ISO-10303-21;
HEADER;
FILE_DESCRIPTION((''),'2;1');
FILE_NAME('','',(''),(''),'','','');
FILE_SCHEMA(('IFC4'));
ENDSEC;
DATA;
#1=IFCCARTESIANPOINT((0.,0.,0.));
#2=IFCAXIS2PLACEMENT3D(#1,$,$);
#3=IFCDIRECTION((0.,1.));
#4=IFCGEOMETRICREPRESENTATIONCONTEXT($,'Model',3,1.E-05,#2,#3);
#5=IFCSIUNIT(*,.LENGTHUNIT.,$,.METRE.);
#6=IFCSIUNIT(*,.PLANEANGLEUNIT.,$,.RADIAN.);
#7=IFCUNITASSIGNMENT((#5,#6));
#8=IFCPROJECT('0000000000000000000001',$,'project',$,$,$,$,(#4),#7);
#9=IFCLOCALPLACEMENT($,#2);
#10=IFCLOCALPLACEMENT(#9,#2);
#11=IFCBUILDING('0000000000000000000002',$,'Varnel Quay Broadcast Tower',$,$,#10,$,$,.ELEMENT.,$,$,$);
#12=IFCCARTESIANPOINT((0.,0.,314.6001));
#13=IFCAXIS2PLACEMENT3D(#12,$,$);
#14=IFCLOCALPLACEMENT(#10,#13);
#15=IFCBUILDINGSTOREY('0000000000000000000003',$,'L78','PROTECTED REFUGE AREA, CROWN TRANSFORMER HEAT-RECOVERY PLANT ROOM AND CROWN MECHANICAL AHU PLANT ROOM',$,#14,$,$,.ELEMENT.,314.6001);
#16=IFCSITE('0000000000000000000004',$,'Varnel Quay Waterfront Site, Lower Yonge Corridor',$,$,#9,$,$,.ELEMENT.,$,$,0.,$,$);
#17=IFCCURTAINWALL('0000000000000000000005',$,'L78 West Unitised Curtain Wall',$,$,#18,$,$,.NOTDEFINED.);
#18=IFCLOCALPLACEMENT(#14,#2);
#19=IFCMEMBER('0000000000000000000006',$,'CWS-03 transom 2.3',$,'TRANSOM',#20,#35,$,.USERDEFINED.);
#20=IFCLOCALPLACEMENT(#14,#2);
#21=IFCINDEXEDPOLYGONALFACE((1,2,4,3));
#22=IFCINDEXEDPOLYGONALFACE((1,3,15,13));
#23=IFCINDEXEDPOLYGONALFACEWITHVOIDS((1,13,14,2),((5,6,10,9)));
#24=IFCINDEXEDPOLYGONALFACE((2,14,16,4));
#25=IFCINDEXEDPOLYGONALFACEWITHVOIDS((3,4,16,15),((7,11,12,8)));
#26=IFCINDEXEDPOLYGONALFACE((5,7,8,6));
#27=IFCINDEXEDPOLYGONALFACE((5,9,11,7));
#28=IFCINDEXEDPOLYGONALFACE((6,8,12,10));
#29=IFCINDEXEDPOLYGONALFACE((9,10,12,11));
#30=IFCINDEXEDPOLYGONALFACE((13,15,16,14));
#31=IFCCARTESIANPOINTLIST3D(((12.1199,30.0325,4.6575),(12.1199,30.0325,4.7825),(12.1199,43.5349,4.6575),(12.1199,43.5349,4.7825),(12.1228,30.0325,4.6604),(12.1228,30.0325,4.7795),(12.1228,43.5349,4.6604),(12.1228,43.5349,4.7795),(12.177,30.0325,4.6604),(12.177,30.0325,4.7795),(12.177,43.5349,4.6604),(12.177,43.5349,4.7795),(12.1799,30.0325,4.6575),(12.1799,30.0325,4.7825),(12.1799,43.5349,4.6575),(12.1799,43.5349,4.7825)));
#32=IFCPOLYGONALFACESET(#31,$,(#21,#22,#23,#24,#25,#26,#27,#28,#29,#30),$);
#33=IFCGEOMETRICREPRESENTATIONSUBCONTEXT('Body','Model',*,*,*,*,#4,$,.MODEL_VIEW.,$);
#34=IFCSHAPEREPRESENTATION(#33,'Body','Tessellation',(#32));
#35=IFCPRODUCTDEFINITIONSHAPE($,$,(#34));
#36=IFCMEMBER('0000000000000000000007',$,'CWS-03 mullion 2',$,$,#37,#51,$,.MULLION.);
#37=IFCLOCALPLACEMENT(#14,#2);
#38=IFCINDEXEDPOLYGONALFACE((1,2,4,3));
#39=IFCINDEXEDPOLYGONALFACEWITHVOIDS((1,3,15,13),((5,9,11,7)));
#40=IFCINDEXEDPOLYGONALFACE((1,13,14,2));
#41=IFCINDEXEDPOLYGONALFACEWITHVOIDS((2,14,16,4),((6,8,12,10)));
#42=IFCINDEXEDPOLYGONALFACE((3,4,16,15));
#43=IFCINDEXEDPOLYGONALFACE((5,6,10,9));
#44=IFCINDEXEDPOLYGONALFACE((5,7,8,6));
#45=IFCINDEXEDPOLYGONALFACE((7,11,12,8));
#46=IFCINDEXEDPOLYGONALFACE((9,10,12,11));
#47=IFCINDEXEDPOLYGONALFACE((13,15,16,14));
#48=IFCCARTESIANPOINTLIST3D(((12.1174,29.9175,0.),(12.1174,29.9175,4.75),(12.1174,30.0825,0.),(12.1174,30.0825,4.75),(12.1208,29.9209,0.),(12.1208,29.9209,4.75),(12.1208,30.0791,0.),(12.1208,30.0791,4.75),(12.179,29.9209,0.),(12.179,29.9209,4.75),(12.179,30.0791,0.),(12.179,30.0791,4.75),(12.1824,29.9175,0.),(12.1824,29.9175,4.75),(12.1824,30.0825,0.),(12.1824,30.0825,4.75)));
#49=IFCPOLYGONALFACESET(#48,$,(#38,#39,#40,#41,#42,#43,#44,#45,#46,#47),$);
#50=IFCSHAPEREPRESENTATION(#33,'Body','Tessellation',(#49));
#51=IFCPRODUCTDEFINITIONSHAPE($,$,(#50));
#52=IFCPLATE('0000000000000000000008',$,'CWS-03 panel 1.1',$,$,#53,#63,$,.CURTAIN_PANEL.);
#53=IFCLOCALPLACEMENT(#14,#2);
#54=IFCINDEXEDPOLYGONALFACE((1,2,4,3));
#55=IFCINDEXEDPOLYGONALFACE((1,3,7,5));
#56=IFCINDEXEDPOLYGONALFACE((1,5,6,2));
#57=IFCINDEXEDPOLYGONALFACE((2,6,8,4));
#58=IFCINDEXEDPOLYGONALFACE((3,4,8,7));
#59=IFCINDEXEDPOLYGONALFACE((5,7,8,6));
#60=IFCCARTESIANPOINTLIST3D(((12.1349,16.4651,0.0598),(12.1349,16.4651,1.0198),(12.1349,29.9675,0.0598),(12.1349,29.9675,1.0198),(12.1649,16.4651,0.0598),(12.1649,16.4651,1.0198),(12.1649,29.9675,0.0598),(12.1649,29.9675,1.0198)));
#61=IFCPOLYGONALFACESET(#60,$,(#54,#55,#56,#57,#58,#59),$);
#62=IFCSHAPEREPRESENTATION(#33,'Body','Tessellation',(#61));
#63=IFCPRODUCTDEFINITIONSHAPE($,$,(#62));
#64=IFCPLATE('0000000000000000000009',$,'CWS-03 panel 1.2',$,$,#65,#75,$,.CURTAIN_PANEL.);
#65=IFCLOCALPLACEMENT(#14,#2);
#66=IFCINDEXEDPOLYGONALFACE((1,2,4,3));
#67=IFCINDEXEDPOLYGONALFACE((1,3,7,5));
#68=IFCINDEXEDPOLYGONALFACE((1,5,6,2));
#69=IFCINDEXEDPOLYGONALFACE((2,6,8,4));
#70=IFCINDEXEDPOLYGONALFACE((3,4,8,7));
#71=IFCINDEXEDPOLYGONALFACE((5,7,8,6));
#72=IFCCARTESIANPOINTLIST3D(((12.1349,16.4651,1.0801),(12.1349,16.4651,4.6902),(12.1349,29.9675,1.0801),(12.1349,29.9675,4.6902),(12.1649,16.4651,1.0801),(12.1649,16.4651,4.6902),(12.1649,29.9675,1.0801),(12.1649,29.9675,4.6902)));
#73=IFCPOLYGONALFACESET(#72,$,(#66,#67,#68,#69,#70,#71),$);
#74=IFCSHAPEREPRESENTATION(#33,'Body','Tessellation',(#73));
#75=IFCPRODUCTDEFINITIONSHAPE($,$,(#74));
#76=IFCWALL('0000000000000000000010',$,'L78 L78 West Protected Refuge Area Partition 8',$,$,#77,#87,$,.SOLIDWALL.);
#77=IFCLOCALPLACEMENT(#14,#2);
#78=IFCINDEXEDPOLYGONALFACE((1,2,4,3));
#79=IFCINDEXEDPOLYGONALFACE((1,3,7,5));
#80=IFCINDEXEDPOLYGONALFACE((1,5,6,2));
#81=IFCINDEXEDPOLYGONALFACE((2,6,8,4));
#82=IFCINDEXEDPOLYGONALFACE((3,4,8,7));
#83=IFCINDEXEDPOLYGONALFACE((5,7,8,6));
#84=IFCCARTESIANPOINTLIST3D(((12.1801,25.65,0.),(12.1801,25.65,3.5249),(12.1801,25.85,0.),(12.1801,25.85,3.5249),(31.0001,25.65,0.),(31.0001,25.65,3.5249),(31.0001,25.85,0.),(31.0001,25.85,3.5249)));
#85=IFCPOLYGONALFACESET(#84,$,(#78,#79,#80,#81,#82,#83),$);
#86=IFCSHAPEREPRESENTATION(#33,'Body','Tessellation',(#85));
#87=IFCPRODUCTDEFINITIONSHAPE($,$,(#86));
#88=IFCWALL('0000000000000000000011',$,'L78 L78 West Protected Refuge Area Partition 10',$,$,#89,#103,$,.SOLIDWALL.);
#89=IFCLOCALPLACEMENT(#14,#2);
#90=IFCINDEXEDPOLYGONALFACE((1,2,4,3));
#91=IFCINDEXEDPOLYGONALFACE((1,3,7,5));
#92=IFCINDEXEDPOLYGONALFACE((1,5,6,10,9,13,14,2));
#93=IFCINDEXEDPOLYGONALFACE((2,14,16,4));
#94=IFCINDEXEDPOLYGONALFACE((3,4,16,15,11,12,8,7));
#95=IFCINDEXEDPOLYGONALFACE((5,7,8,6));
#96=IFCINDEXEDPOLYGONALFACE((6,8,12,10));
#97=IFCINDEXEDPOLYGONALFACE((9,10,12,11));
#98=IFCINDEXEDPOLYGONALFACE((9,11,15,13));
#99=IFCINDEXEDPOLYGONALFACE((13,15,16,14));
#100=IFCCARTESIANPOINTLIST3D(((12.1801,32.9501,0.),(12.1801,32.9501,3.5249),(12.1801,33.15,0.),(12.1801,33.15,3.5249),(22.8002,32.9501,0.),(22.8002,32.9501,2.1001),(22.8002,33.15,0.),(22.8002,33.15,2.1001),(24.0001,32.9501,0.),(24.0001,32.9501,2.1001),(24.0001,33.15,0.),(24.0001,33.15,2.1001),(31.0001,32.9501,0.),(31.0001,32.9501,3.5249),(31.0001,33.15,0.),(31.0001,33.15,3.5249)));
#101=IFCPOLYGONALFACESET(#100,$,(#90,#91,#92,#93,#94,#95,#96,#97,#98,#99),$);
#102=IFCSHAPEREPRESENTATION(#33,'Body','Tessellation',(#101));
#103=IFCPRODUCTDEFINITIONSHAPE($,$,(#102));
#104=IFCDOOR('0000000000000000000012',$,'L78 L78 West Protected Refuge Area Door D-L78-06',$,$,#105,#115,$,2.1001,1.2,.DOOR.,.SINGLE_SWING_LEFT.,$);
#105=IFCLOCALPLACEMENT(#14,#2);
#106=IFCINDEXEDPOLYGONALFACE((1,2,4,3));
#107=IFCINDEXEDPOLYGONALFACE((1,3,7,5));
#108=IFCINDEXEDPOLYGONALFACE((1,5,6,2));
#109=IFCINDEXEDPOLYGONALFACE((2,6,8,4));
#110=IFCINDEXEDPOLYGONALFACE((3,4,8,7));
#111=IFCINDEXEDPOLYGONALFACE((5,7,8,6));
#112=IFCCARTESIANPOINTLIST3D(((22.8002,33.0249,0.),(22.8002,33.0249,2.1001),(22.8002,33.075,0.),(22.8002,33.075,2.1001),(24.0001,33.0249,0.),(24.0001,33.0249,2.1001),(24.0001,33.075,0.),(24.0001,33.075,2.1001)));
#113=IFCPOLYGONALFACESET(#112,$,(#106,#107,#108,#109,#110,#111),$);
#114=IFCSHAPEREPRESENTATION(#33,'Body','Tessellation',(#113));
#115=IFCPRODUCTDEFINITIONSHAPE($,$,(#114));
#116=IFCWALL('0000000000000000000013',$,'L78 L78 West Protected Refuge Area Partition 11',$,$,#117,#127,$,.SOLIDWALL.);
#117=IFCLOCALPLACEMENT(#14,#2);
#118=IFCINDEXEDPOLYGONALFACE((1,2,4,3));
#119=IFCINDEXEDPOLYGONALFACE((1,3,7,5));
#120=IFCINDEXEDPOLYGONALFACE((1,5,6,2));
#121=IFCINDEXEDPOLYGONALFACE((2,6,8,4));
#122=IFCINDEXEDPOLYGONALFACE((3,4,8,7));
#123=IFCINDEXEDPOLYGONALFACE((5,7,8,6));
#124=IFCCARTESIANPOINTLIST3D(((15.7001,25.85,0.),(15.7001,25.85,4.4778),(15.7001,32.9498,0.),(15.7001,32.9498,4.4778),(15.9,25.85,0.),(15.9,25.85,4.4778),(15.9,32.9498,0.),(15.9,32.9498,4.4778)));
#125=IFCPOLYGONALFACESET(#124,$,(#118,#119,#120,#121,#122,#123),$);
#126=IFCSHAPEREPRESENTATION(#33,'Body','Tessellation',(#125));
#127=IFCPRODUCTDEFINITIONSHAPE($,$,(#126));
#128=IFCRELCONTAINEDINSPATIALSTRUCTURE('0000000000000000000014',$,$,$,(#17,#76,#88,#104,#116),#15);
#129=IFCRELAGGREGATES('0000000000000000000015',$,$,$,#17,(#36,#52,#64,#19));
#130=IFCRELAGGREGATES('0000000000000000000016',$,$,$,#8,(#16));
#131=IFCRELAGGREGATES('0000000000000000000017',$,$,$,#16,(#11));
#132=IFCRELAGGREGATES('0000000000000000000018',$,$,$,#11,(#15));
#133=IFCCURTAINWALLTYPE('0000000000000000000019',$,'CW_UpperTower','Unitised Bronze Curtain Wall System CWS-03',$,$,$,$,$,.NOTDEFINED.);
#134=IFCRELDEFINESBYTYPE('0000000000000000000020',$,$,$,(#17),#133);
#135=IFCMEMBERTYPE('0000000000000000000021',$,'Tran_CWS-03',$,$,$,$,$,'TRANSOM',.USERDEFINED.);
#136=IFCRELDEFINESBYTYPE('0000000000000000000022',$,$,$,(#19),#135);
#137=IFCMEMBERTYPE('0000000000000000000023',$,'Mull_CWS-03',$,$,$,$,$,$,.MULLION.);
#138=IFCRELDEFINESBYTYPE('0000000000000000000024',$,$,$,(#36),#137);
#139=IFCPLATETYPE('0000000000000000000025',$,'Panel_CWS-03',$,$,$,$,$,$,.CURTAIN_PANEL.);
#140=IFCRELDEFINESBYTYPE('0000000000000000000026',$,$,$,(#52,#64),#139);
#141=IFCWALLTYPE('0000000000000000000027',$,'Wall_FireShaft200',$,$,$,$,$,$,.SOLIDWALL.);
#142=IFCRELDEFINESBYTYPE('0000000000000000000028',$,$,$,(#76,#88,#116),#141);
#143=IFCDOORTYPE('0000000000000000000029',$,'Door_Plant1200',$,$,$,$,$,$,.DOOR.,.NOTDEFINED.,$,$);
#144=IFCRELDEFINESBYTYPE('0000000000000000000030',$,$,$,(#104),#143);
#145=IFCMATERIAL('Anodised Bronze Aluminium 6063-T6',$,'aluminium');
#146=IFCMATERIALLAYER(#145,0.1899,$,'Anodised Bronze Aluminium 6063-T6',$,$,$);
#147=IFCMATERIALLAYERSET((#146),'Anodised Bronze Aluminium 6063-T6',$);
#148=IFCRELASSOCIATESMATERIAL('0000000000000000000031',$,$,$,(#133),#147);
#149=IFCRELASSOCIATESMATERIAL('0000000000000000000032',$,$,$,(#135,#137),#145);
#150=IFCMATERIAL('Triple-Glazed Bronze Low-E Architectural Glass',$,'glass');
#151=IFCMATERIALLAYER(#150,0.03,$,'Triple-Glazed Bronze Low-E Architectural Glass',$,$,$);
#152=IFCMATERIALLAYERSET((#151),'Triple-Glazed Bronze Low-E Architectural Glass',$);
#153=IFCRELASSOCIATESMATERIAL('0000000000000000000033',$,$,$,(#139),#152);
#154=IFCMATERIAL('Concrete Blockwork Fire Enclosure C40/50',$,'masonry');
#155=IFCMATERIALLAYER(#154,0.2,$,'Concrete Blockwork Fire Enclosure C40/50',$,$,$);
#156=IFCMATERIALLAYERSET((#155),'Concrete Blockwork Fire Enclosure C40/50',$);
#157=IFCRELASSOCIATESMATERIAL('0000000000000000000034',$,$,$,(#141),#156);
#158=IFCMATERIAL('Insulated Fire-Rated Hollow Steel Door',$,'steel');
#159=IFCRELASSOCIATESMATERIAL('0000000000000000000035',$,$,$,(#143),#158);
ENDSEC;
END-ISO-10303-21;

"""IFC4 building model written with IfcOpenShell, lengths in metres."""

from ifc_helpers import new_model, si_unit, direction, frame, frame_2d, origin, origin_2d, place, context, subcontext, project, spatial, rectangle, hollow_rectangle, extrude, source, transform, mapped, material, layer, layer_set, material_profile, profile_set, type_object, type_shapes, element, fill, aggregate, save


model = new_model("IFC4")

# Units and contexts
model_context = context("Model", 3, precision=1e-05, world=origin(), true_north=direction((0.0, 1.0)))
body_context = subcontext(model_context, "Body", "Model", "MODEL_VIEW")
ifc_project = project(units=[si_unit("LENGTHUNIT", "METRE"), si_unit("PLANEANGLEUNIT", "RADIAN")], contexts=[model_context])

# Site, building, storey
site_placement = place(None, origin())
site = spatial("IfcSite", under=ifc_project, at=site_placement, Name="Varnel Quay Waterfront Site, Lower Yonge Corridor", CompositionType="ELEMENT", RefElevation=0.0)
building_placement = place(site_placement, origin())
building = spatial("IfcBuilding", under=site, at=building_placement, Name="Varnel Quay Broadcast Tower", CompositionType="ELEMENT")
storey_placement = place(building_placement, frame((0.0, 0.0, 314.6001)))
storey = spatial("IfcBuildingStorey", under=building, at=storey_placement, Name="L78", Description="PROTECTED REFUGE AREA, CROWN TRANSFORMER HEAT-RECOVERY PLANT ROOM AND CROWN MECHANICAL AHU PLANT ROOM", CompositionType="ELEMENT", Elevation=314.6001)

# Curtain wall, members, plates
ifc_material_1 = material(Name="Anodised Bronze Aluminium 6063-T6", Category="aluminium")
ifc_layer_1 = layer(ifc_material_1, 0.1899, Name="Anodised Bronze Aluminium 6063-T6")
ifc_layer_set_1 = layer_set([ifc_layer_1], Name="Anodised Bronze Aluminium 6063-T6")
curtain_wall_type = type_object("IfcCurtainWallType", Name="CW_UpperTower", Description="Unitised Bronze Curtain Wall System CWS-03", PredefinedType="NOTDEFINED", material=ifc_layer_set_1)
curtain_wall_placement = place(storey_placement, origin())
curtain_wall = element("IfcCurtainWall", 1, at=curtain_wall_placement, inside=storey, type_object=curtain_wall_type, Name="L78 West Unitised Curtain Wall", PredefinedType="NOTDEFINED")
ifc_material_profile_1 = material_profile(ifc_material_1, hollow_rectangle(XDim=0.0601, YDim=0.125, WallThickness=0.0029, at=origin_2d()), Name="ALU60X125X3")
ifc_profile_set_1 = profile_set([ifc_material_profile_1], Name="Anodised Bronze Aluminium 6063-T6")
member_type_1 = type_object("IfcMemberType", Name="Tran_CWS-03", ElementType="TRANSOM", PredefinedType="USERDEFINED", material=ifc_profile_set_1)
shared_shape_1 = source(origin(), body_context, "Body", "SweptSolid", [
    extrude(hollow_rectangle(XDim=0.0601, YDim=0.125, WallThickness=0.0029, at=origin_2d()), origin(), (0.0, 0.0, 1.0), 13.5024),
])
type_shapes(member_type_1, [shared_shape_1])
member_1_placement = place(storey_placement, frame((12.1499, 30.0325, 4.72), z_axis=(0.0, 1.0, 0.0), x_axis=(-1.0, 0.0, 0.0)))
member_1 = element("IfcMember", 2, at=member_1_placement, type_object=member_type_1, Name="CWS-03 transom 2.3", ObjectType="TRANSOM", PredefinedType="USERDEFINED", context=body_context, shape_type="MappedRepresentation", body=[
    mapped(shared_shape_1, transform((0.0, 0.0, 0.0), x_axis=(1.0, 0.0, 0.0), y_axis=(0.0, 1.0, 0.0), z_axis=(0.0, 0.0, 1.0), scale=1.0)),
])
ifc_material_profile_2 = material_profile(ifc_material_1, hollow_rectangle(XDim=0.0649, YDim=0.165, WallThickness=0.0034, at=origin_2d()), Name="ALU65X165X3.5")
ifc_profile_set_2 = profile_set([ifc_material_profile_2], Name="Anodised Bronze Aluminium 6063-T6")
member_type_2 = type_object("IfcMemberType", Name="Mull_CWS-03", PredefinedType="MULLION", material=ifc_profile_set_2)
shared_shape_2 = source(origin(), body_context, "Body", "SweptSolid", [
    extrude(hollow_rectangle(XDim=0.0649, YDim=0.165, WallThickness=0.0034, at=origin_2d()), origin(), (0.0, 0.0, 1.0), 4.75),
])
type_shapes(member_type_2, [shared_shape_2])
member_2_placement = place(storey_placement, frame((12.1499, 30.0, 0.0), z_axis=(0.0, 0.0, 1.0), x_axis=(-1.0, 0.0, 0.0)))
member_2 = element("IfcMember", 3, at=member_2_placement, type_object=member_type_2, Name="CWS-03 mullion 2", PredefinedType="MULLION", context=body_context, shape_type="MappedRepresentation", body=[
    mapped(shared_shape_2, transform((0.0, 0.0, 0.0), x_axis=(1.0, 0.0, 0.0), y_axis=(0.0, 1.0, 0.0), z_axis=(0.0, 0.0, 1.0), scale=1.0)),
])
ifc_material_2 = material(Name="Triple-Glazed Bronze Low-E Architectural Glass", Category="glass")
ifc_layer_2 = layer(ifc_material_2, 0.03, Name="Triple-Glazed Bronze Low-E Architectural Glass")
ifc_layer_set_2 = layer_set([ifc_layer_2], Name="Triple-Glazed Bronze Low-E Architectural Glass")
plate_type = type_object("IfcPlateType", Name="Panel_CWS-03", PredefinedType="CURTAIN_PANEL", material=ifc_layer_set_2)
shared_shape_3 = source(origin(), body_context, "Body", "SweptSolid", [
    extrude(rectangle(XDim=13.5024, YDim=0.03, at=origin_2d()), origin(), (0.0, 0.0, 1.0), 0.96),
])
plate_1_placement = place(storey_placement, frame((12.1499, 23.2163, 0.0598), z_axis=(0.0, 0.0, 1.0), x_axis=(0.0, 1.0, 0.0)))
plate_1 = element("IfcPlate", 4, at=plate_1_placement, type_object=plate_type, Name="CWS-03 panel 1.1", PredefinedType="CURTAIN_PANEL", context=body_context, shape_type="MappedRepresentation", body=[
    mapped(shared_shape_3, transform((0.0, 0.0, 0.0), x_axis=(1.0, 0.0, 0.0), y_axis=(0.0, 1.0, 0.0), z_axis=(0.0, 0.0, 1.0), scale=1.0)),
])
shared_shape_4 = source(origin(), body_context, "Body", "SweptSolid", [
    extrude(rectangle(XDim=13.5024, YDim=0.03, at=origin_2d()), origin(), (0.0, 0.0, 1.0), 3.6101),
])
type_shapes(plate_type, [shared_shape_3, shared_shape_4])
plate_2_placement = place(storey_placement, frame((12.1499, 23.2163, 1.0801), z_axis=(0.0, 0.0, 1.0), x_axis=(0.0, 1.0, 0.0)))
plate_2 = element("IfcPlate", 5, at=plate_2_placement, type_object=plate_type, Name="CWS-03 panel 1.2", PredefinedType="CURTAIN_PANEL", context=body_context, shape_type="MappedRepresentation", body=[
    mapped(shared_shape_4, transform((0.0, 0.0, 0.0), x_axis=(1.0, 0.0, 0.0), y_axis=(0.0, 1.0, 0.0), z_axis=(0.0, 0.0, 1.0), scale=1.0)),
])
aggregate(curtain_wall, [member_2, plate_1, plate_2, member_1])

# Wall
ifc_material_3 = material(Name="Concrete Blockwork Fire Enclosure C40/50", Category="masonry")
ifc_layer_3 = layer(ifc_material_3, 0.2, Name="Concrete Blockwork Fire Enclosure C40/50")
ifc_layer_set_3 = layer_set([ifc_layer_3], Name="Concrete Blockwork Fire Enclosure C40/50")
wall_type = type_object("IfcWallType", Name="Wall_FireShaft200", PredefinedType="SOLIDWALL", material=ifc_layer_set_3)
wall_1_placement = place(storey_placement, frame((12.1799, 25.75, 0.0), z_axis=(0.0, 0.0, 1.0), x_axis=(1.0, 0.0, 0.0)))
element("IfcWall", 6, at=wall_1_placement, inside=storey, type_object=wall_type, Name="L78 L78 West Protected Refuge Area Partition 8", PredefinedType="SOLIDWALL", context=body_context, shape_type="SweptSolid", body=[
    extrude(rectangle(XDim=18.8201, YDim=0.2, at=frame_2d((9.4102, 0.0))), origin(), (0.0, 0.0, 1.0), 3.5249),
])

# Wall, opening, door
wall_2_placement = place(storey_placement, frame((12.1799, 33.05, 0.0), z_axis=(0.0, 0.0, 1.0), x_axis=(1.0, 0.0, 0.0)))
wall_2 = element("IfcWall", 7, at=wall_2_placement, inside=storey, type_object=wall_type, Name="L78 L78 West Protected Refuge Area Partition 10", PredefinedType="SOLIDWALL", context=body_context, shape_type="SweptSolid", body=[
    extrude(rectangle(XDim=18.8201, YDim=0.2, at=frame_2d((9.4102, 0.0))), origin(), (0.0, 0.0, 1.0), 3.5249),
])
opening_placement = place(wall_2_placement, frame((10.6201, 0.0, 0.0)))
opening = element("IfcOpeningElement", 8, at=opening_placement, cuts=wall_2, PredefinedType="OPENING", context=body_context, shape_type="SweptSolid", body=[
    extrude(rectangle(XDim=1.2, YDim=2.1001, at=frame_2d((0.6001, 1.05))), frame((0.0, 0.1099, 0.0), z_axis=(0.0, -1.0, 0.0), x_axis=(1.0, 0.0, 0.0)), (0.0, 0.0, 1.0), 0.22),
])
ifc_material_4 = material(Name="Insulated Fire-Rated Hollow Steel Door", Category="steel")
door_type = type_object("IfcDoorType", Name="Door_Plant1200", OperationType="NOTDEFINED", PredefinedType="DOOR", material=ifc_material_4)
shared_shape_5 = source(origin(), body_context, "Body", "SweptSolid", [
    extrude(rectangle(XDim=1.2, YDim=2.1001, at=frame_2d((0.6001, 1.05))), frame((0.0, 0.0249, 0.0), z_axis=(0.0, -1.0, 0.0), x_axis=(1.0, 0.0, 0.0)), (0.0, 0.0, 1.0), 0.05),
])
type_shapes(door_type, [shared_shape_5])
door_placement = place(opening_placement, origin())
door = element("IfcDoor", 9, at=door_placement, inside=storey, type_object=door_type, Name="L78 L78 West Protected Refuge Area Door D-L78-06", OperationType="SINGLE_SWING_LEFT", OverallHeight=2.1001, OverallWidth=1.2, PredefinedType="DOOR", context=body_context, shape_type="MappedRepresentation", body=[
    mapped(shared_shape_5, transform((0.0, 0.0, 0.0), x_axis=(1.0, 0.0, 0.0), y_axis=(0.0, 1.0, 0.0), z_axis=(0.0, 0.0, 1.0), scale=1.0)),
])
fill(opening, door)

# Wall
wall_3_placement = place(storey_placement, frame((15.8, 25.8501, 0.0), z_axis=(0.0, 0.0, 1.0), x_axis=(0.0, 1.0, 0.0)))
element("IfcWall", 10, at=wall_3_placement, inside=storey, type_object=wall_type, Name="L78 L78 West Protected Refuge Area Partition 11", PredefinedType="SOLIDWALL", context=body_context, shape_type="SweptSolid", body=[
    extrude(rectangle(XDim=7.0999, YDim=0.2, at=frame_2d((3.5498, 0.0))), origin(), (0.0, 0.0, 1.0), 4.4778),
])

save(model, "model.ifc")
